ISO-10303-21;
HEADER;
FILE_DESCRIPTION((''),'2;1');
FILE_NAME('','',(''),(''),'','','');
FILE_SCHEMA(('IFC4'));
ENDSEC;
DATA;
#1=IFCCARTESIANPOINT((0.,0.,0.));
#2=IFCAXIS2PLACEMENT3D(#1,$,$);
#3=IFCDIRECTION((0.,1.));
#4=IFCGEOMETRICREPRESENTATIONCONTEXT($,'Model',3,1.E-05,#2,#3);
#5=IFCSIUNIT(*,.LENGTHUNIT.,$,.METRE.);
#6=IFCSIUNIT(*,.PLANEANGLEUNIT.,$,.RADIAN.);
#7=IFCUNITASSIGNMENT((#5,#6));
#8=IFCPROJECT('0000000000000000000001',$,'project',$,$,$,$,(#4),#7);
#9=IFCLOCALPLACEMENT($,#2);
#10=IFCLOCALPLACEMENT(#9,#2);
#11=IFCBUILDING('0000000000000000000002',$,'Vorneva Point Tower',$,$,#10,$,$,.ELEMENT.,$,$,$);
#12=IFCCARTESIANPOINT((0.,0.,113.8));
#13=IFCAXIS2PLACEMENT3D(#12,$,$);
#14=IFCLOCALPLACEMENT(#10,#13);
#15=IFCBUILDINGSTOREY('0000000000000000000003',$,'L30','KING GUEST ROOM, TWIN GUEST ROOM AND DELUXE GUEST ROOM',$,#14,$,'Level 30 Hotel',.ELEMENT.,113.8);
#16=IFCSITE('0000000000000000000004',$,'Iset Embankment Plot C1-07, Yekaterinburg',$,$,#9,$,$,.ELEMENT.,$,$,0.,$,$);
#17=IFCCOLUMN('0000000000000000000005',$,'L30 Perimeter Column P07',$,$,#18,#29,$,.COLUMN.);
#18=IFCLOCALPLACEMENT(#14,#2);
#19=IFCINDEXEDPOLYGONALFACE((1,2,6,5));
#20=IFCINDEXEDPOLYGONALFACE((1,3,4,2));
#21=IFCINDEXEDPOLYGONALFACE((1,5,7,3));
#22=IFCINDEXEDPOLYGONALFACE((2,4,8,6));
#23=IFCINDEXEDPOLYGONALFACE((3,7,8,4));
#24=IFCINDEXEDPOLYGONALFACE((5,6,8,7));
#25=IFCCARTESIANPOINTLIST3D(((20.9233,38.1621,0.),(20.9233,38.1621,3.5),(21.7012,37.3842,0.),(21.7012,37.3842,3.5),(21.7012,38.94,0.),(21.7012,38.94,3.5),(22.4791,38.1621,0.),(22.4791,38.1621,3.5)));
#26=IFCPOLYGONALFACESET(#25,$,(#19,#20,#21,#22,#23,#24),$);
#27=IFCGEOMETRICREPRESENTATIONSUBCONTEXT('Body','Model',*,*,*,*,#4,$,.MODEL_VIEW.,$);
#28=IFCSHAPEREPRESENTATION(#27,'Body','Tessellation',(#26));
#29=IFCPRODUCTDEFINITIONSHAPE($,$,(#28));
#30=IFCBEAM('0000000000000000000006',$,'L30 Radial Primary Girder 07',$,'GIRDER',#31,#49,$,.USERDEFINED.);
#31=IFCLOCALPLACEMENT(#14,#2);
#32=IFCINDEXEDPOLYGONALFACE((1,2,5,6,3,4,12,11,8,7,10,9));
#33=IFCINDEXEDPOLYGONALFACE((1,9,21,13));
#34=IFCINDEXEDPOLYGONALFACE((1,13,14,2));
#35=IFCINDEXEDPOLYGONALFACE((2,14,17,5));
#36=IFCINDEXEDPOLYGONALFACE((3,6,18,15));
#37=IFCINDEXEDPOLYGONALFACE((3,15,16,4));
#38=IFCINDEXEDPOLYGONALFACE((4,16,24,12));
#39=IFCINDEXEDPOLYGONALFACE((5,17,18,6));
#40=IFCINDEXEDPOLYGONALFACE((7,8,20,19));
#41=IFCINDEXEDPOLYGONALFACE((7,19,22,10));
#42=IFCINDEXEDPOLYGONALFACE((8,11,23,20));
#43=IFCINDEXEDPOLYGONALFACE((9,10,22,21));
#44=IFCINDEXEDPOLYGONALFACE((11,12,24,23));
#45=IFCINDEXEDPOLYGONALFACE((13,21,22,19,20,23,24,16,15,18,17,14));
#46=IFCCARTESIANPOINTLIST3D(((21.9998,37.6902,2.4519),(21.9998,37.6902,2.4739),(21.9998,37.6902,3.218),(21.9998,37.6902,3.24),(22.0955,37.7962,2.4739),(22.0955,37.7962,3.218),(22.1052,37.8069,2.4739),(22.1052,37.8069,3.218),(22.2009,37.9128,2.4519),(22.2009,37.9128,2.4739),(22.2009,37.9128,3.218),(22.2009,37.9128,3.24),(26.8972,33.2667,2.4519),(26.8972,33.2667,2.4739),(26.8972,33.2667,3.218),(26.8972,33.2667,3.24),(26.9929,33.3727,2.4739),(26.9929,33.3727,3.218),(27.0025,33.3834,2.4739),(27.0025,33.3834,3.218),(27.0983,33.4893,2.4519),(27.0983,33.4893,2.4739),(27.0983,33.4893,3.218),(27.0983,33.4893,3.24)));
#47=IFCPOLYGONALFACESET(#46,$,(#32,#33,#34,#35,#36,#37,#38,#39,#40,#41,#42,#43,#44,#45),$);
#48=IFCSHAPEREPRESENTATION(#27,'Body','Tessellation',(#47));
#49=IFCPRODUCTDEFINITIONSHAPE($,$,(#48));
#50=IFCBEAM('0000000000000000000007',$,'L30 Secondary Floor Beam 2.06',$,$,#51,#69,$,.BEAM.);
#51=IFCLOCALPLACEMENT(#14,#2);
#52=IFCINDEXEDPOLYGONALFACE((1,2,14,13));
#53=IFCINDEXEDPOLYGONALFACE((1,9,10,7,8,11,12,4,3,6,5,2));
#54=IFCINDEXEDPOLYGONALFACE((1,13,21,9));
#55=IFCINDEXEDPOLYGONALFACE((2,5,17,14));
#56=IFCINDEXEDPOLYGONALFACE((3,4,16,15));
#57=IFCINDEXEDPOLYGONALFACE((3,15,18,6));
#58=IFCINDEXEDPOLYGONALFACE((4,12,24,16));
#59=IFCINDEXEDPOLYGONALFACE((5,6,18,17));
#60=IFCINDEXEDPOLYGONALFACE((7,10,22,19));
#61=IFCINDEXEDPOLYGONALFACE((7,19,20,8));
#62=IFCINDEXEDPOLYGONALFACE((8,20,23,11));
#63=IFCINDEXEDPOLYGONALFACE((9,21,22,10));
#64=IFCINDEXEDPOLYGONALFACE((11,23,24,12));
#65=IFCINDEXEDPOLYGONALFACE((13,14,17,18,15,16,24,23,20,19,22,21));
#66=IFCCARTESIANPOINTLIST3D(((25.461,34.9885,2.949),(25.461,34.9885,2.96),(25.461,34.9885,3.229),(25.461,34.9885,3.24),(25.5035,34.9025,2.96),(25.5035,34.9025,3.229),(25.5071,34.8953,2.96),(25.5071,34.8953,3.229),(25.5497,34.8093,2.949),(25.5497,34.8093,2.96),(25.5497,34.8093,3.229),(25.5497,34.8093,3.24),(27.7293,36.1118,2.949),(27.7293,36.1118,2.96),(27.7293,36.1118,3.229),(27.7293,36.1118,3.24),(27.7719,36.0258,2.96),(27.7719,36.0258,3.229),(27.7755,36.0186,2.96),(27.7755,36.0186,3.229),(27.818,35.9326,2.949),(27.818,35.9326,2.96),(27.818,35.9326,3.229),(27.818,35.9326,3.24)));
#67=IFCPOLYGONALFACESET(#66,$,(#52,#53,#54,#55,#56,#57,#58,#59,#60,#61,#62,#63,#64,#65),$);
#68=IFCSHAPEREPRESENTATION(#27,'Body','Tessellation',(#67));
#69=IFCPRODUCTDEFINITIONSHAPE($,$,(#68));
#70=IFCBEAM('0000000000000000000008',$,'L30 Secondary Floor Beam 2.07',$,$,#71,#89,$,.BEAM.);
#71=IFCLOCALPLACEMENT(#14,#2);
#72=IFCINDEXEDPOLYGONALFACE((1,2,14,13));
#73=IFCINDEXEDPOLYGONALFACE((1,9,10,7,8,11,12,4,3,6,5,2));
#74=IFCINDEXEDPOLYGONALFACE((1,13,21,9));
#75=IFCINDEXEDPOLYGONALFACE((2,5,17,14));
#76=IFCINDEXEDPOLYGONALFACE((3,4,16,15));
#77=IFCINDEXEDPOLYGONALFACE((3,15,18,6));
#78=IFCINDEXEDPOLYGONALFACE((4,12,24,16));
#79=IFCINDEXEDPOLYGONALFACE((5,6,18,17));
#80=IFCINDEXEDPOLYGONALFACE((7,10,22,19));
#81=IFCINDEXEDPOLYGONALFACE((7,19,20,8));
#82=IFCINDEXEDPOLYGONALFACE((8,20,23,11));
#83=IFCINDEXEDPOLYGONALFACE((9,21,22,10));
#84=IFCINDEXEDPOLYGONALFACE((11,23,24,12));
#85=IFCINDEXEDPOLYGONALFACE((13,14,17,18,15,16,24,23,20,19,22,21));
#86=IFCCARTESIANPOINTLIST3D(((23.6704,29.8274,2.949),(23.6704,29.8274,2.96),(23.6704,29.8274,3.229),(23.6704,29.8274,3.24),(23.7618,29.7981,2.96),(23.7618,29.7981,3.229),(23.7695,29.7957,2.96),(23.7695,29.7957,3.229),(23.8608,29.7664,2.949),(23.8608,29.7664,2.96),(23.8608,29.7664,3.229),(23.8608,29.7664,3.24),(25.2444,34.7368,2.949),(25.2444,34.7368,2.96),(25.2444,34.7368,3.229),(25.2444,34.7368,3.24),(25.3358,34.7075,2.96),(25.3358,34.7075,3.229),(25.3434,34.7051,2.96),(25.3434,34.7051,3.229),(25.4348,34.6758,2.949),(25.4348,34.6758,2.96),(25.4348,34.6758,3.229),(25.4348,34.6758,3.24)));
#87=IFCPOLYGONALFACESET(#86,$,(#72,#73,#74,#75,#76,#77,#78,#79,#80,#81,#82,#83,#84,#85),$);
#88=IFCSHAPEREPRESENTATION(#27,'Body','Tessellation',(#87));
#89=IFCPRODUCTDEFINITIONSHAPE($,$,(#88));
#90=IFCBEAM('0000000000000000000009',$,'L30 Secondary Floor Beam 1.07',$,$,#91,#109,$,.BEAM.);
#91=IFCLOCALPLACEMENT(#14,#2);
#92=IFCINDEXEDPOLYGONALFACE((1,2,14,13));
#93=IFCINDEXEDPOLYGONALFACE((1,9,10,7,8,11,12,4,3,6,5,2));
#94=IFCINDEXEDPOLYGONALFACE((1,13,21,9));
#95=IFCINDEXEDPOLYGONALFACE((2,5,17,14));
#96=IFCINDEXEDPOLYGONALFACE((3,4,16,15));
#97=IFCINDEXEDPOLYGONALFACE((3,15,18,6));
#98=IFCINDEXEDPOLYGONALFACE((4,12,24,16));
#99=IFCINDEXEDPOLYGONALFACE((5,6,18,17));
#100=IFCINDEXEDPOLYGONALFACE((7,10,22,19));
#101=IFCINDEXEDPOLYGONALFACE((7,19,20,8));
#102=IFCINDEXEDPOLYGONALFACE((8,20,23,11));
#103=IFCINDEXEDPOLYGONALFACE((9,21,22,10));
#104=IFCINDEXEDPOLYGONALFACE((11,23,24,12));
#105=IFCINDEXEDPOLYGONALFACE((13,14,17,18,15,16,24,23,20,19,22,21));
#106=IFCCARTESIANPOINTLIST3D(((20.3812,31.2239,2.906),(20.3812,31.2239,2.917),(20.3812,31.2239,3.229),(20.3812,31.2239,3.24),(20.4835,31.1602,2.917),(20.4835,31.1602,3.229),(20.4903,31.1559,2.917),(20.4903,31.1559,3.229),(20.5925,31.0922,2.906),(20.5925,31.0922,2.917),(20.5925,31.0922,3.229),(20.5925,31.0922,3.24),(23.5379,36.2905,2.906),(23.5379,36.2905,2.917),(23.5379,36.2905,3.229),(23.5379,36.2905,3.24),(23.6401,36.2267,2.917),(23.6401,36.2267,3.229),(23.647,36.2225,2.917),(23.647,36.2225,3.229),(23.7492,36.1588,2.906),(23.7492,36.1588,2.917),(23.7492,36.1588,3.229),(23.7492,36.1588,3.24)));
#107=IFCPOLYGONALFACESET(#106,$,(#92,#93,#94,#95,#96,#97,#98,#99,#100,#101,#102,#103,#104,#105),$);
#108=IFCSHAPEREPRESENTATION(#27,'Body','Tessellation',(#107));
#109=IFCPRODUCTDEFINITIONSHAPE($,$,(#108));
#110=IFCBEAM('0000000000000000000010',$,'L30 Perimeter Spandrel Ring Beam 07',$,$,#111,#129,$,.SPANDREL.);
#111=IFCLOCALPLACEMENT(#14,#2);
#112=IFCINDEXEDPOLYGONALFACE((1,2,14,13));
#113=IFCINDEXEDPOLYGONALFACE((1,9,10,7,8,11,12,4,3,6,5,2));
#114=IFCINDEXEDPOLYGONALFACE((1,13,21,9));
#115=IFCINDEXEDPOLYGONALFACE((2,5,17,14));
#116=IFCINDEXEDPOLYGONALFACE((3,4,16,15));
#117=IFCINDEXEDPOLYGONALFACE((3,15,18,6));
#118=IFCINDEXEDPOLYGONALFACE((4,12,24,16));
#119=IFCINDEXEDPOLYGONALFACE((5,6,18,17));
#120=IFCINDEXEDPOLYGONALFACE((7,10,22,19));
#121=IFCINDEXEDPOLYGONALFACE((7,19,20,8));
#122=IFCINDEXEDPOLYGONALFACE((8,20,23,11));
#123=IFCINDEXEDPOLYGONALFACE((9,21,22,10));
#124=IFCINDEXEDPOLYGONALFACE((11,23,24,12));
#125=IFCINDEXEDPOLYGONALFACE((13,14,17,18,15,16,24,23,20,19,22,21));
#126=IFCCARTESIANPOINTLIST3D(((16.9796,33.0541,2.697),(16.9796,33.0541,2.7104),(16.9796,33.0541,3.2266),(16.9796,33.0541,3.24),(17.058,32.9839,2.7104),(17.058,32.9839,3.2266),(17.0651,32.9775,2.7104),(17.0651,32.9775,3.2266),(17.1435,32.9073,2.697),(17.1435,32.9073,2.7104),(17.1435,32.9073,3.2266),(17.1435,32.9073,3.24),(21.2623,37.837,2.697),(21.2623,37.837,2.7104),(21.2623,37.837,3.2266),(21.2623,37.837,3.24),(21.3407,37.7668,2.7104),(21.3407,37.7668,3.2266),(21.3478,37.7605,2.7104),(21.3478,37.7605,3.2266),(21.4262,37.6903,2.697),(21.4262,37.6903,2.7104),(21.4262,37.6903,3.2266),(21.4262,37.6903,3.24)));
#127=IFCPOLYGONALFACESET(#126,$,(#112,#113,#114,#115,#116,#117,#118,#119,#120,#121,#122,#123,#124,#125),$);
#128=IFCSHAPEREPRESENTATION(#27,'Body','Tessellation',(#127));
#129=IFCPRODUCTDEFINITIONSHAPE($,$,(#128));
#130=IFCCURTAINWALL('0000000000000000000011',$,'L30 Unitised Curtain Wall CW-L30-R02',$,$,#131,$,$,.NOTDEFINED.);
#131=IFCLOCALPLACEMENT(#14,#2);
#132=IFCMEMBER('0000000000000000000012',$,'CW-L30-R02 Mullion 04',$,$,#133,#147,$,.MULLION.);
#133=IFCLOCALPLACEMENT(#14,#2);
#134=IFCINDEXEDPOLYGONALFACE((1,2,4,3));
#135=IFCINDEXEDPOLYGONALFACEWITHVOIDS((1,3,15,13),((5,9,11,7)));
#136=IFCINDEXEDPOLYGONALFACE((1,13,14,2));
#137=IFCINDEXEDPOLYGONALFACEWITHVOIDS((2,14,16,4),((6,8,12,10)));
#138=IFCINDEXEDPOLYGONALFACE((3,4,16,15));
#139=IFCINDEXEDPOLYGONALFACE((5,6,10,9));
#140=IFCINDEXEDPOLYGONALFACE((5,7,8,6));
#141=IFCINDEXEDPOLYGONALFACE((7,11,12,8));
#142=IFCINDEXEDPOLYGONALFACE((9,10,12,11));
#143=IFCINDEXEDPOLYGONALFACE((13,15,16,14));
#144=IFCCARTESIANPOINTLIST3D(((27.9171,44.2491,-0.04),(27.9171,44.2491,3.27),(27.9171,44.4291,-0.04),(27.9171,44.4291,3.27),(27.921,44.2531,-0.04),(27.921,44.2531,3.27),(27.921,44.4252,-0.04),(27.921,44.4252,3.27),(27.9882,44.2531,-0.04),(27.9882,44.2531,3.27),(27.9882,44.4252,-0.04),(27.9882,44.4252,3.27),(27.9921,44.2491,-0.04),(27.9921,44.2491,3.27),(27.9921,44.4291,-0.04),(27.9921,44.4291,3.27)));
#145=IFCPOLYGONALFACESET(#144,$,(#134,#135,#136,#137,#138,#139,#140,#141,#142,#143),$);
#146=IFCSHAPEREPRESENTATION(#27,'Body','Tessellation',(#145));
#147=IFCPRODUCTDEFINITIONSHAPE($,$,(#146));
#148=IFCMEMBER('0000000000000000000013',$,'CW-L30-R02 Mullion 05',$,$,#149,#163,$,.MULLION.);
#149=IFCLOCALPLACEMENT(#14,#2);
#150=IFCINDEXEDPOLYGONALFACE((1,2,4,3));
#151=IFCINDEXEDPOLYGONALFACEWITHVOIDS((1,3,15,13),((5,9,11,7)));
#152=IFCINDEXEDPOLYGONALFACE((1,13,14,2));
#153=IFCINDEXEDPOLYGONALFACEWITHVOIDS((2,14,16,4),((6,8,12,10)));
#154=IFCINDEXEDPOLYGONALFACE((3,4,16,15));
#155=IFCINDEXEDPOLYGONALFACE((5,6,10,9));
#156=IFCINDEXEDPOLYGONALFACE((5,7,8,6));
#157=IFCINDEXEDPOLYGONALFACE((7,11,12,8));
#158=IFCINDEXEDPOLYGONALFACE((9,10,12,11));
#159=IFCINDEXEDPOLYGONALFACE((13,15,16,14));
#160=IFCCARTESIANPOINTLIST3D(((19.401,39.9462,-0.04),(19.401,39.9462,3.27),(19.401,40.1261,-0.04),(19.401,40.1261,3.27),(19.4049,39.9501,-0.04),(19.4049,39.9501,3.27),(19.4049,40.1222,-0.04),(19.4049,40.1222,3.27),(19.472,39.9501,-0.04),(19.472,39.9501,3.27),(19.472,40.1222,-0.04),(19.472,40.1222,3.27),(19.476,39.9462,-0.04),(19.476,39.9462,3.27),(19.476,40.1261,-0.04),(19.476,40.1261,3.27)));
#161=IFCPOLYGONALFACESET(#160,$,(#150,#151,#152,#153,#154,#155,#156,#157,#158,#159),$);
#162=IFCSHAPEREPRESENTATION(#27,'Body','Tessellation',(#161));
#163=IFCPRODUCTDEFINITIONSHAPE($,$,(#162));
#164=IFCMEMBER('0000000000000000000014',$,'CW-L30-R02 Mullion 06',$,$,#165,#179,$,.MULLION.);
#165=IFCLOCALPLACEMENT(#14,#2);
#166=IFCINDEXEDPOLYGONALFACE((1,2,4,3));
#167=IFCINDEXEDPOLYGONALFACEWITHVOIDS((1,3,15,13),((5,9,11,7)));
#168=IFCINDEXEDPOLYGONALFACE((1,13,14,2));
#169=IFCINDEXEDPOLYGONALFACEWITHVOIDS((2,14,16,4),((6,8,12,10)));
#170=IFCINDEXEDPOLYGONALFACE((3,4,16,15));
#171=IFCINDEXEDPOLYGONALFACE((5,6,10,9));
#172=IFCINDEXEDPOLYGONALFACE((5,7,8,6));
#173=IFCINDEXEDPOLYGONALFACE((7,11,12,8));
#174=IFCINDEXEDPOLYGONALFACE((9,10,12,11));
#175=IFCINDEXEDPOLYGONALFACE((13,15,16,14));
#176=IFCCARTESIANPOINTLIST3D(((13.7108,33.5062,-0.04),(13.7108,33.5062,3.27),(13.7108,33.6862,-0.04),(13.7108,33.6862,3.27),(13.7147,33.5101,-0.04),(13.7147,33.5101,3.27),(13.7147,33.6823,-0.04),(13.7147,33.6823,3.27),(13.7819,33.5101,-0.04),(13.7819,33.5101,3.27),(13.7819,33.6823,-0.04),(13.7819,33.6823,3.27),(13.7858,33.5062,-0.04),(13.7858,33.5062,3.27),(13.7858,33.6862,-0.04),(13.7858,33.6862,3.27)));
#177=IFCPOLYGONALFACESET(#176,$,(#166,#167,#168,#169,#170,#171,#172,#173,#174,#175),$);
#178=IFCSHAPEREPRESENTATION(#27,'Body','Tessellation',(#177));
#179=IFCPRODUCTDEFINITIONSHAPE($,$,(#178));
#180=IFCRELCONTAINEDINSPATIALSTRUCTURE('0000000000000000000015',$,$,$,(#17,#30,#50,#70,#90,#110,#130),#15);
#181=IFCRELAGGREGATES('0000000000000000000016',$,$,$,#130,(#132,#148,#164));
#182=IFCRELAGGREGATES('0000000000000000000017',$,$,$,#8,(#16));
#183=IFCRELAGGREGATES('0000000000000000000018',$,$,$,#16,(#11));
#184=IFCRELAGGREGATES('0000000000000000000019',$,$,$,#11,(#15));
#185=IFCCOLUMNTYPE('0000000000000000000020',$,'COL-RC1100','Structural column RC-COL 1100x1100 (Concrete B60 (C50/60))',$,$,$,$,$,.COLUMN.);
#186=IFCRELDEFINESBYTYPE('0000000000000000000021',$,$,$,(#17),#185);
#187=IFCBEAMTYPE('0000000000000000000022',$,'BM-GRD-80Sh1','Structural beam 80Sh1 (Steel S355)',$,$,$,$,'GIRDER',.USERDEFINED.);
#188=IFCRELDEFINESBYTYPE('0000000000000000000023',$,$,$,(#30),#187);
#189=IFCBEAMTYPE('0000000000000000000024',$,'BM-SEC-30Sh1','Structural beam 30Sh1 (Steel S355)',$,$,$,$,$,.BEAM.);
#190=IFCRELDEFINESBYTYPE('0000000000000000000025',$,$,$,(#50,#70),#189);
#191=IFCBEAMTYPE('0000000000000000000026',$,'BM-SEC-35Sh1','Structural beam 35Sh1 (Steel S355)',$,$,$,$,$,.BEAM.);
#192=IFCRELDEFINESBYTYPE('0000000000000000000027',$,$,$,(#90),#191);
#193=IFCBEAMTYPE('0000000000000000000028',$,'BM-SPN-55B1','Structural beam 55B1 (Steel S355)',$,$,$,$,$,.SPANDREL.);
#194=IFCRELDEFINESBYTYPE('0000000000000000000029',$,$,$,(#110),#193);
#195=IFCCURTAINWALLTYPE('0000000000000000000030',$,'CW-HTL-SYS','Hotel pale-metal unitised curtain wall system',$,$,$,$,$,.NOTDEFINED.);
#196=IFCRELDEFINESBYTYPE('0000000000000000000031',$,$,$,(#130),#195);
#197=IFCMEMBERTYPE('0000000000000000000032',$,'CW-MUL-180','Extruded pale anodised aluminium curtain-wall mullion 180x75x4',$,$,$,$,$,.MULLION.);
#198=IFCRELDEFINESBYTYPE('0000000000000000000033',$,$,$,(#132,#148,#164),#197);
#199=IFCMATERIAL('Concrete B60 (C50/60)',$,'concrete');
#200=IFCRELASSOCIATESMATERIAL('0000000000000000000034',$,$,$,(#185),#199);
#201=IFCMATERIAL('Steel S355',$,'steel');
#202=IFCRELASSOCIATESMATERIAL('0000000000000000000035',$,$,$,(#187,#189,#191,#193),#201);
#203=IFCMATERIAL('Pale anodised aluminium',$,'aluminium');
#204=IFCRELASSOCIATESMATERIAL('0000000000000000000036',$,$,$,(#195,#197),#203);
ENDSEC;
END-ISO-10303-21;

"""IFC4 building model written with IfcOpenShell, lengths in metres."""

from ifc_helpers import new_model, si_unit, direction, frame, origin, origin_2d, place, context, subcontext, project, spatial, rectangle, hollow_rectangle, i_section, extrude, material, material_profile, profile_set, type_object, element, aggregate, save


model = new_model("IFC4")

# Units and contexts
model_context = context("Model", 3, precision=1e-05, world=origin(), true_north=direction((0.0, 1.0)))
body_context = subcontext(model_context, "Body", "Model", "MODEL_VIEW")
ifc_project = project(units=[si_unit("LENGTHUNIT", "METRE"), si_unit("PLANEANGLEUNIT", "RADIAN")], contexts=[model_context])

# Site, building, storey
site_placement = place(None, origin())
site = spatial("IfcSite", under=ifc_project, at=site_placement, Name="Iset Embankment Plot C1-07, Yekaterinburg", CompositionType="ELEMENT", RefElevation=0.0)
building_placement = place(site_placement, origin())
building = spatial("IfcBuilding", under=site, at=building_placement, Name="Vorneva Point Tower", CompositionType="ELEMENT")
storey_placement = place(building_placement, frame((0.0, 0.0, 113.8)))
storey = spatial("IfcBuildingStorey", under=building, at=storey_placement, Name="L30", Description="KING GUEST ROOM, TWIN GUEST ROOM AND DELUXE GUEST ROOM", LongName="Level 30 Hotel", CompositionType="ELEMENT", Elevation=113.8)

# Column
ifc_material_1 = material(Name="Concrete B60 (C50/60)", Category="concrete")
ifc_material_profile_1 = material_profile(ifc_material_1, rectangle(XDim=1.1001, YDim=1.1001, at=origin_2d()), Name="RC-COL 1100x1100")
ifc_profile_set_1 = profile_set([ifc_material_profile_1], Name="Concrete B60 (C50/60)")
column_type = type_object("IfcColumnType", Name="COL-RC1100", Description="Structural column RC-COL 1100x1100 (Concrete B60 (C50/60))", PredefinedType="COLUMN", material=ifc_profile_set_1)
column_placement = place(storey_placement, frame((21.7012, 38.1621, 0.0), z_axis=(0.0, 0.0, 1.0), x_axis=(-0.707107, 0.707107, 0.0)))
element("IfcColumn", 1, at=column_placement, inside=storey, type_object=column_type, Name="L30 Perimeter Column P07", PredefinedType="COLUMN", context=body_context, shape_type="SweptSolid", body=[
    extrude(rectangle(XDim=1.1001, YDim=1.1001, at=origin_2d()), origin(), (0.0, 0.0, 1.0), 3.5),
])

# Beams
ifc_material_2 = material(Name="Steel S355", Category="steel")
ifc_material_profile_2 = material_profile(ifc_material_2, i_section(OverallWidth=0.3, OverallDepth=0.7881, WebThickness=0.0144, FlangeThickness=0.022, at=origin_2d()), Name="80Sh1")
ifc_profile_set_2 = profile_set([ifc_material_profile_2], Name="Steel S355")
beam_type_1 = type_object("IfcBeamType", Name="BM-GRD-80Sh1", Description="Structural beam 80Sh1 (Steel S355)", ElementType="GIRDER", PredefinedType="USERDEFINED", material=ifc_profile_set_2)
beam_1_placement = place(storey_placement, frame((22.1003, 37.8015, 2.8459), z_axis=(0.742097, -0.670292, 0.0), x_axis=(0.670292, 0.742097, 0.0)))
element("IfcBeam", 2, at=beam_1_placement, inside=storey, type_object=beam_type_1, Name="L30 Radial Primary Girder 07", ObjectType="GIRDER", PredefinedType="USERDEFINED", context=body_context, shape_type="SweptSolid", body=[
    extrude(i_section(OverallWidth=0.3, OverallDepth=0.7881, WebThickness=0.0144, FlangeThickness=0.022, at=origin_2d()), origin(), (0.0, 0.0, 1.0), 6.5994),
])
ifc_material_profile_3 = material_profile(ifc_material_2, i_section(OverallWidth=0.2, OverallDepth=0.291, WebThickness=0.0081, FlangeThickness=0.011, at=origin_2d()), Name="30Sh1")
ifc_profile_set_3 = profile_set([ifc_material_profile_3], Name="Steel S355")
beam_type_2 = type_object("IfcBeamType", Name="BM-SEC-30Sh1", Description="Structural beam 30Sh1 (Steel S355)", PredefinedType="BEAM", material=ifc_profile_set_3)
beam_2_placement = place(storey_placement, frame((27.7737, 36.0222, 3.0945), z_axis=(-0.896137, -0.443777, 0.0), x_axis=(0.443777, -0.896137, 0.0)))
element("IfcBeam", 3, at=beam_2_placement, inside=storey, type_object=beam_type_2, Name="L30 Secondary Floor Beam 2.06", PredefinedType="BEAM", context=body_context, shape_type="SweptSolid", body=[
    extrude(i_section(OverallWidth=0.2, OverallDepth=0.291, WebThickness=0.0081, FlangeThickness=0.011, at=origin_2d()), origin(), (0.0, 0.0, 1.0), 2.5312),
])
beam_3_placement = place(storey_placement, frame((25.3396, 34.7063, 3.0945), z_axis=(-0.305296, -0.952257, 0.0), x_axis=(0.952257, -0.305296, 0.0)))
element("IfcBeam", 4, at=beam_3_placement, inside=storey, type_object=beam_type_2, Name="L30 Secondary Floor Beam 2.07", PredefinedType="BEAM", context=body_context, shape_type="SweptSolid", body=[
    extrude(i_section(OverallWidth=0.2, OverallDepth=0.291, WebThickness=0.0081, FlangeThickness=0.011, at=origin_2d()), origin(), (0.0, 0.0, 1.0), 5.1555),
])
ifc_material_profile_4 = material_profile(ifc_material_2, i_section(OverallWidth=0.249, OverallDepth=0.334, WebThickness=0.0081, FlangeThickness=0.011, at=origin_2d()), Name="35Sh1")
ifc_profile_set_4 = profile_set([ifc_material_profile_4], Name="Steel S355")
beam_type_3 = type_object("IfcBeamType", Name="BM-SEC-35Sh1", Description="Structural beam 35Sh1 (Steel S355)", PredefinedType="BEAM", material=ifc_profile_set_4)
beam_4_placement = place(storey_placement, frame((23.6436, 36.2246, 3.073), z_axis=(-0.528804, -0.848744, 0.0), x_axis=(0.848744, -0.528804, 0.0)))
element("IfcBeam", 5, at=beam_4_placement, inside=storey, type_object=beam_type_3, Name="L30 Secondary Floor Beam 1.07", PredefinedType="BEAM", context=body_context, shape_type="SweptSolid", body=[
    extrude(i_section(OverallWidth=0.249, OverallDepth=0.334, WebThickness=0.0081, FlangeThickness=0.011, at=origin_2d()), origin(), (0.0, 0.0, 1.0), 5.9695),
])
ifc_material_profile_5 = material_profile(ifc_material_2, i_section(OverallWidth=0.22, OverallDepth=0.543, WebThickness=0.0095, FlangeThickness=0.0134, at=origin_2d()), Name="55B1")
ifc_profile_set_5 = profile_set([ifc_material_profile_5], Name="Steel S355")
beam_type_4 = type_object("IfcBeamType", Name="BM-SPN-55B1", Description="Structural beam 55B1 (Steel S355)", PredefinedType="SPANDREL", material=ifc_profile_set_5)
beam_5_placement = place(storey_placement, frame((21.3442, 37.7637, 2.9685), z_axis=(-0.667074, -0.744992, 0.0), x_axis=(0.744992, -0.667074, 0.0)))
element("IfcBeam", 6, at=beam_5_placement, inside=storey, type_object=beam_type_4, Name="L30 Perimeter Spandrel Ring Beam 07", PredefinedType="SPANDREL", context=body_context, shape_type="SweptSolid", body=[
    extrude(i_section(OverallWidth=0.22, OverallDepth=0.543, WebThickness=0.0095, FlangeThickness=0.0134, at=origin_2d()), origin(), (0.0, 0.0, 1.0), 6.4202),
])

# Curtain wall, members
ifc_material_3 = material(Name="Pale anodised aluminium", Category="aluminium")
curtain_wall_type = type_object("IfcCurtainWallType", Name="CW-HTL-SYS", Description="Hotel pale-metal unitised curtain wall system", PredefinedType="NOTDEFINED", material=ifc_material_3)
curtain_wall_placement = place(storey_placement, origin())
curtain_wall = element("IfcCurtainWall", 7, at=curtain_wall_placement, inside=storey, type_object=curtain_wall_type, Name="L30 Unitised Curtain Wall CW-L30-R02", PredefinedType="NOTDEFINED")
ifc_material_profile_6 = material_profile(ifc_material_3, hollow_rectangle(XDim=0.075, YDim=0.1799, WallThickness=0.0039, at=origin_2d()), Name="AL-MUL 180x75x4")
ifc_profile_set_6 = profile_set([ifc_material_profile_6], Name="Pale anodised aluminium")
member_type_1 = type_object("IfcMemberType", Name="CW-MUL-180", Description="Extruded pale anodised aluminium curtain-wall mullion 180x75x4", PredefinedType="MULLION", material=ifc_profile_set_6)
member_1_placement = place(storey_placement, frame((27.9546, 44.3391, -0.04), z_axis=(0.0, 0.0, 1.0), x_axis=(1.0, 0.0, 0.0)))
member_1 = element("IfcMember", 8, at=member_1_placement, type_object=member_type_1, Name="CW-L30-R02 Mullion 04", PredefinedType="MULLION", context=body_context, shape_type="SweptSolid", body=[
    extrude(hollow_rectangle(XDim=0.075, YDim=0.1799, WallThickness=0.0039, at=origin_2d()), origin(), (0.0, 0.0, 1.0), 3.3101),
])
member_2_placement = place(storey_placement, frame((19.4385, 40.0361, -0.04), z_axis=(0.0, 0.0, 1.0), x_axis=(1.0, 0.0, 0.0)))
member_2 = element("IfcMember", 9, at=member_2_placement, type_object=member_type_1, Name="CW-L30-R02 Mullion 05", PredefinedType="MULLION", context=body_context, shape_type="SweptSolid", body=[
    extrude(hollow_rectangle(XDim=0.075, YDim=0.1799, WallThickness=0.0039, at=origin_2d()), origin(), (0.0, 0.0, 1.0), 3.3101),
])
member_3_placement = place(storey_placement, frame((13.7483, 33.5962, -0.04), z_axis=(0.0, 0.0, 1.0), x_axis=(1.0, 0.0, 0.0)))
member_3 = element("IfcMember", 10, at=member_3_placement, type_object=member_type_1, Name="CW-L30-R02 Mullion 06", PredefinedType="MULLION", context=body_context, shape_type="SweptSolid", body=[
    extrude(hollow_rectangle(XDim=0.075, YDim=0.1799, WallThickness=0.0039, at=origin_2d()), origin(), (0.0, 0.0, 1.0), 3.3101),
])
aggregate(curtain_wall, [member_1, member_2, member_3])

save(model, "model.ifc")
